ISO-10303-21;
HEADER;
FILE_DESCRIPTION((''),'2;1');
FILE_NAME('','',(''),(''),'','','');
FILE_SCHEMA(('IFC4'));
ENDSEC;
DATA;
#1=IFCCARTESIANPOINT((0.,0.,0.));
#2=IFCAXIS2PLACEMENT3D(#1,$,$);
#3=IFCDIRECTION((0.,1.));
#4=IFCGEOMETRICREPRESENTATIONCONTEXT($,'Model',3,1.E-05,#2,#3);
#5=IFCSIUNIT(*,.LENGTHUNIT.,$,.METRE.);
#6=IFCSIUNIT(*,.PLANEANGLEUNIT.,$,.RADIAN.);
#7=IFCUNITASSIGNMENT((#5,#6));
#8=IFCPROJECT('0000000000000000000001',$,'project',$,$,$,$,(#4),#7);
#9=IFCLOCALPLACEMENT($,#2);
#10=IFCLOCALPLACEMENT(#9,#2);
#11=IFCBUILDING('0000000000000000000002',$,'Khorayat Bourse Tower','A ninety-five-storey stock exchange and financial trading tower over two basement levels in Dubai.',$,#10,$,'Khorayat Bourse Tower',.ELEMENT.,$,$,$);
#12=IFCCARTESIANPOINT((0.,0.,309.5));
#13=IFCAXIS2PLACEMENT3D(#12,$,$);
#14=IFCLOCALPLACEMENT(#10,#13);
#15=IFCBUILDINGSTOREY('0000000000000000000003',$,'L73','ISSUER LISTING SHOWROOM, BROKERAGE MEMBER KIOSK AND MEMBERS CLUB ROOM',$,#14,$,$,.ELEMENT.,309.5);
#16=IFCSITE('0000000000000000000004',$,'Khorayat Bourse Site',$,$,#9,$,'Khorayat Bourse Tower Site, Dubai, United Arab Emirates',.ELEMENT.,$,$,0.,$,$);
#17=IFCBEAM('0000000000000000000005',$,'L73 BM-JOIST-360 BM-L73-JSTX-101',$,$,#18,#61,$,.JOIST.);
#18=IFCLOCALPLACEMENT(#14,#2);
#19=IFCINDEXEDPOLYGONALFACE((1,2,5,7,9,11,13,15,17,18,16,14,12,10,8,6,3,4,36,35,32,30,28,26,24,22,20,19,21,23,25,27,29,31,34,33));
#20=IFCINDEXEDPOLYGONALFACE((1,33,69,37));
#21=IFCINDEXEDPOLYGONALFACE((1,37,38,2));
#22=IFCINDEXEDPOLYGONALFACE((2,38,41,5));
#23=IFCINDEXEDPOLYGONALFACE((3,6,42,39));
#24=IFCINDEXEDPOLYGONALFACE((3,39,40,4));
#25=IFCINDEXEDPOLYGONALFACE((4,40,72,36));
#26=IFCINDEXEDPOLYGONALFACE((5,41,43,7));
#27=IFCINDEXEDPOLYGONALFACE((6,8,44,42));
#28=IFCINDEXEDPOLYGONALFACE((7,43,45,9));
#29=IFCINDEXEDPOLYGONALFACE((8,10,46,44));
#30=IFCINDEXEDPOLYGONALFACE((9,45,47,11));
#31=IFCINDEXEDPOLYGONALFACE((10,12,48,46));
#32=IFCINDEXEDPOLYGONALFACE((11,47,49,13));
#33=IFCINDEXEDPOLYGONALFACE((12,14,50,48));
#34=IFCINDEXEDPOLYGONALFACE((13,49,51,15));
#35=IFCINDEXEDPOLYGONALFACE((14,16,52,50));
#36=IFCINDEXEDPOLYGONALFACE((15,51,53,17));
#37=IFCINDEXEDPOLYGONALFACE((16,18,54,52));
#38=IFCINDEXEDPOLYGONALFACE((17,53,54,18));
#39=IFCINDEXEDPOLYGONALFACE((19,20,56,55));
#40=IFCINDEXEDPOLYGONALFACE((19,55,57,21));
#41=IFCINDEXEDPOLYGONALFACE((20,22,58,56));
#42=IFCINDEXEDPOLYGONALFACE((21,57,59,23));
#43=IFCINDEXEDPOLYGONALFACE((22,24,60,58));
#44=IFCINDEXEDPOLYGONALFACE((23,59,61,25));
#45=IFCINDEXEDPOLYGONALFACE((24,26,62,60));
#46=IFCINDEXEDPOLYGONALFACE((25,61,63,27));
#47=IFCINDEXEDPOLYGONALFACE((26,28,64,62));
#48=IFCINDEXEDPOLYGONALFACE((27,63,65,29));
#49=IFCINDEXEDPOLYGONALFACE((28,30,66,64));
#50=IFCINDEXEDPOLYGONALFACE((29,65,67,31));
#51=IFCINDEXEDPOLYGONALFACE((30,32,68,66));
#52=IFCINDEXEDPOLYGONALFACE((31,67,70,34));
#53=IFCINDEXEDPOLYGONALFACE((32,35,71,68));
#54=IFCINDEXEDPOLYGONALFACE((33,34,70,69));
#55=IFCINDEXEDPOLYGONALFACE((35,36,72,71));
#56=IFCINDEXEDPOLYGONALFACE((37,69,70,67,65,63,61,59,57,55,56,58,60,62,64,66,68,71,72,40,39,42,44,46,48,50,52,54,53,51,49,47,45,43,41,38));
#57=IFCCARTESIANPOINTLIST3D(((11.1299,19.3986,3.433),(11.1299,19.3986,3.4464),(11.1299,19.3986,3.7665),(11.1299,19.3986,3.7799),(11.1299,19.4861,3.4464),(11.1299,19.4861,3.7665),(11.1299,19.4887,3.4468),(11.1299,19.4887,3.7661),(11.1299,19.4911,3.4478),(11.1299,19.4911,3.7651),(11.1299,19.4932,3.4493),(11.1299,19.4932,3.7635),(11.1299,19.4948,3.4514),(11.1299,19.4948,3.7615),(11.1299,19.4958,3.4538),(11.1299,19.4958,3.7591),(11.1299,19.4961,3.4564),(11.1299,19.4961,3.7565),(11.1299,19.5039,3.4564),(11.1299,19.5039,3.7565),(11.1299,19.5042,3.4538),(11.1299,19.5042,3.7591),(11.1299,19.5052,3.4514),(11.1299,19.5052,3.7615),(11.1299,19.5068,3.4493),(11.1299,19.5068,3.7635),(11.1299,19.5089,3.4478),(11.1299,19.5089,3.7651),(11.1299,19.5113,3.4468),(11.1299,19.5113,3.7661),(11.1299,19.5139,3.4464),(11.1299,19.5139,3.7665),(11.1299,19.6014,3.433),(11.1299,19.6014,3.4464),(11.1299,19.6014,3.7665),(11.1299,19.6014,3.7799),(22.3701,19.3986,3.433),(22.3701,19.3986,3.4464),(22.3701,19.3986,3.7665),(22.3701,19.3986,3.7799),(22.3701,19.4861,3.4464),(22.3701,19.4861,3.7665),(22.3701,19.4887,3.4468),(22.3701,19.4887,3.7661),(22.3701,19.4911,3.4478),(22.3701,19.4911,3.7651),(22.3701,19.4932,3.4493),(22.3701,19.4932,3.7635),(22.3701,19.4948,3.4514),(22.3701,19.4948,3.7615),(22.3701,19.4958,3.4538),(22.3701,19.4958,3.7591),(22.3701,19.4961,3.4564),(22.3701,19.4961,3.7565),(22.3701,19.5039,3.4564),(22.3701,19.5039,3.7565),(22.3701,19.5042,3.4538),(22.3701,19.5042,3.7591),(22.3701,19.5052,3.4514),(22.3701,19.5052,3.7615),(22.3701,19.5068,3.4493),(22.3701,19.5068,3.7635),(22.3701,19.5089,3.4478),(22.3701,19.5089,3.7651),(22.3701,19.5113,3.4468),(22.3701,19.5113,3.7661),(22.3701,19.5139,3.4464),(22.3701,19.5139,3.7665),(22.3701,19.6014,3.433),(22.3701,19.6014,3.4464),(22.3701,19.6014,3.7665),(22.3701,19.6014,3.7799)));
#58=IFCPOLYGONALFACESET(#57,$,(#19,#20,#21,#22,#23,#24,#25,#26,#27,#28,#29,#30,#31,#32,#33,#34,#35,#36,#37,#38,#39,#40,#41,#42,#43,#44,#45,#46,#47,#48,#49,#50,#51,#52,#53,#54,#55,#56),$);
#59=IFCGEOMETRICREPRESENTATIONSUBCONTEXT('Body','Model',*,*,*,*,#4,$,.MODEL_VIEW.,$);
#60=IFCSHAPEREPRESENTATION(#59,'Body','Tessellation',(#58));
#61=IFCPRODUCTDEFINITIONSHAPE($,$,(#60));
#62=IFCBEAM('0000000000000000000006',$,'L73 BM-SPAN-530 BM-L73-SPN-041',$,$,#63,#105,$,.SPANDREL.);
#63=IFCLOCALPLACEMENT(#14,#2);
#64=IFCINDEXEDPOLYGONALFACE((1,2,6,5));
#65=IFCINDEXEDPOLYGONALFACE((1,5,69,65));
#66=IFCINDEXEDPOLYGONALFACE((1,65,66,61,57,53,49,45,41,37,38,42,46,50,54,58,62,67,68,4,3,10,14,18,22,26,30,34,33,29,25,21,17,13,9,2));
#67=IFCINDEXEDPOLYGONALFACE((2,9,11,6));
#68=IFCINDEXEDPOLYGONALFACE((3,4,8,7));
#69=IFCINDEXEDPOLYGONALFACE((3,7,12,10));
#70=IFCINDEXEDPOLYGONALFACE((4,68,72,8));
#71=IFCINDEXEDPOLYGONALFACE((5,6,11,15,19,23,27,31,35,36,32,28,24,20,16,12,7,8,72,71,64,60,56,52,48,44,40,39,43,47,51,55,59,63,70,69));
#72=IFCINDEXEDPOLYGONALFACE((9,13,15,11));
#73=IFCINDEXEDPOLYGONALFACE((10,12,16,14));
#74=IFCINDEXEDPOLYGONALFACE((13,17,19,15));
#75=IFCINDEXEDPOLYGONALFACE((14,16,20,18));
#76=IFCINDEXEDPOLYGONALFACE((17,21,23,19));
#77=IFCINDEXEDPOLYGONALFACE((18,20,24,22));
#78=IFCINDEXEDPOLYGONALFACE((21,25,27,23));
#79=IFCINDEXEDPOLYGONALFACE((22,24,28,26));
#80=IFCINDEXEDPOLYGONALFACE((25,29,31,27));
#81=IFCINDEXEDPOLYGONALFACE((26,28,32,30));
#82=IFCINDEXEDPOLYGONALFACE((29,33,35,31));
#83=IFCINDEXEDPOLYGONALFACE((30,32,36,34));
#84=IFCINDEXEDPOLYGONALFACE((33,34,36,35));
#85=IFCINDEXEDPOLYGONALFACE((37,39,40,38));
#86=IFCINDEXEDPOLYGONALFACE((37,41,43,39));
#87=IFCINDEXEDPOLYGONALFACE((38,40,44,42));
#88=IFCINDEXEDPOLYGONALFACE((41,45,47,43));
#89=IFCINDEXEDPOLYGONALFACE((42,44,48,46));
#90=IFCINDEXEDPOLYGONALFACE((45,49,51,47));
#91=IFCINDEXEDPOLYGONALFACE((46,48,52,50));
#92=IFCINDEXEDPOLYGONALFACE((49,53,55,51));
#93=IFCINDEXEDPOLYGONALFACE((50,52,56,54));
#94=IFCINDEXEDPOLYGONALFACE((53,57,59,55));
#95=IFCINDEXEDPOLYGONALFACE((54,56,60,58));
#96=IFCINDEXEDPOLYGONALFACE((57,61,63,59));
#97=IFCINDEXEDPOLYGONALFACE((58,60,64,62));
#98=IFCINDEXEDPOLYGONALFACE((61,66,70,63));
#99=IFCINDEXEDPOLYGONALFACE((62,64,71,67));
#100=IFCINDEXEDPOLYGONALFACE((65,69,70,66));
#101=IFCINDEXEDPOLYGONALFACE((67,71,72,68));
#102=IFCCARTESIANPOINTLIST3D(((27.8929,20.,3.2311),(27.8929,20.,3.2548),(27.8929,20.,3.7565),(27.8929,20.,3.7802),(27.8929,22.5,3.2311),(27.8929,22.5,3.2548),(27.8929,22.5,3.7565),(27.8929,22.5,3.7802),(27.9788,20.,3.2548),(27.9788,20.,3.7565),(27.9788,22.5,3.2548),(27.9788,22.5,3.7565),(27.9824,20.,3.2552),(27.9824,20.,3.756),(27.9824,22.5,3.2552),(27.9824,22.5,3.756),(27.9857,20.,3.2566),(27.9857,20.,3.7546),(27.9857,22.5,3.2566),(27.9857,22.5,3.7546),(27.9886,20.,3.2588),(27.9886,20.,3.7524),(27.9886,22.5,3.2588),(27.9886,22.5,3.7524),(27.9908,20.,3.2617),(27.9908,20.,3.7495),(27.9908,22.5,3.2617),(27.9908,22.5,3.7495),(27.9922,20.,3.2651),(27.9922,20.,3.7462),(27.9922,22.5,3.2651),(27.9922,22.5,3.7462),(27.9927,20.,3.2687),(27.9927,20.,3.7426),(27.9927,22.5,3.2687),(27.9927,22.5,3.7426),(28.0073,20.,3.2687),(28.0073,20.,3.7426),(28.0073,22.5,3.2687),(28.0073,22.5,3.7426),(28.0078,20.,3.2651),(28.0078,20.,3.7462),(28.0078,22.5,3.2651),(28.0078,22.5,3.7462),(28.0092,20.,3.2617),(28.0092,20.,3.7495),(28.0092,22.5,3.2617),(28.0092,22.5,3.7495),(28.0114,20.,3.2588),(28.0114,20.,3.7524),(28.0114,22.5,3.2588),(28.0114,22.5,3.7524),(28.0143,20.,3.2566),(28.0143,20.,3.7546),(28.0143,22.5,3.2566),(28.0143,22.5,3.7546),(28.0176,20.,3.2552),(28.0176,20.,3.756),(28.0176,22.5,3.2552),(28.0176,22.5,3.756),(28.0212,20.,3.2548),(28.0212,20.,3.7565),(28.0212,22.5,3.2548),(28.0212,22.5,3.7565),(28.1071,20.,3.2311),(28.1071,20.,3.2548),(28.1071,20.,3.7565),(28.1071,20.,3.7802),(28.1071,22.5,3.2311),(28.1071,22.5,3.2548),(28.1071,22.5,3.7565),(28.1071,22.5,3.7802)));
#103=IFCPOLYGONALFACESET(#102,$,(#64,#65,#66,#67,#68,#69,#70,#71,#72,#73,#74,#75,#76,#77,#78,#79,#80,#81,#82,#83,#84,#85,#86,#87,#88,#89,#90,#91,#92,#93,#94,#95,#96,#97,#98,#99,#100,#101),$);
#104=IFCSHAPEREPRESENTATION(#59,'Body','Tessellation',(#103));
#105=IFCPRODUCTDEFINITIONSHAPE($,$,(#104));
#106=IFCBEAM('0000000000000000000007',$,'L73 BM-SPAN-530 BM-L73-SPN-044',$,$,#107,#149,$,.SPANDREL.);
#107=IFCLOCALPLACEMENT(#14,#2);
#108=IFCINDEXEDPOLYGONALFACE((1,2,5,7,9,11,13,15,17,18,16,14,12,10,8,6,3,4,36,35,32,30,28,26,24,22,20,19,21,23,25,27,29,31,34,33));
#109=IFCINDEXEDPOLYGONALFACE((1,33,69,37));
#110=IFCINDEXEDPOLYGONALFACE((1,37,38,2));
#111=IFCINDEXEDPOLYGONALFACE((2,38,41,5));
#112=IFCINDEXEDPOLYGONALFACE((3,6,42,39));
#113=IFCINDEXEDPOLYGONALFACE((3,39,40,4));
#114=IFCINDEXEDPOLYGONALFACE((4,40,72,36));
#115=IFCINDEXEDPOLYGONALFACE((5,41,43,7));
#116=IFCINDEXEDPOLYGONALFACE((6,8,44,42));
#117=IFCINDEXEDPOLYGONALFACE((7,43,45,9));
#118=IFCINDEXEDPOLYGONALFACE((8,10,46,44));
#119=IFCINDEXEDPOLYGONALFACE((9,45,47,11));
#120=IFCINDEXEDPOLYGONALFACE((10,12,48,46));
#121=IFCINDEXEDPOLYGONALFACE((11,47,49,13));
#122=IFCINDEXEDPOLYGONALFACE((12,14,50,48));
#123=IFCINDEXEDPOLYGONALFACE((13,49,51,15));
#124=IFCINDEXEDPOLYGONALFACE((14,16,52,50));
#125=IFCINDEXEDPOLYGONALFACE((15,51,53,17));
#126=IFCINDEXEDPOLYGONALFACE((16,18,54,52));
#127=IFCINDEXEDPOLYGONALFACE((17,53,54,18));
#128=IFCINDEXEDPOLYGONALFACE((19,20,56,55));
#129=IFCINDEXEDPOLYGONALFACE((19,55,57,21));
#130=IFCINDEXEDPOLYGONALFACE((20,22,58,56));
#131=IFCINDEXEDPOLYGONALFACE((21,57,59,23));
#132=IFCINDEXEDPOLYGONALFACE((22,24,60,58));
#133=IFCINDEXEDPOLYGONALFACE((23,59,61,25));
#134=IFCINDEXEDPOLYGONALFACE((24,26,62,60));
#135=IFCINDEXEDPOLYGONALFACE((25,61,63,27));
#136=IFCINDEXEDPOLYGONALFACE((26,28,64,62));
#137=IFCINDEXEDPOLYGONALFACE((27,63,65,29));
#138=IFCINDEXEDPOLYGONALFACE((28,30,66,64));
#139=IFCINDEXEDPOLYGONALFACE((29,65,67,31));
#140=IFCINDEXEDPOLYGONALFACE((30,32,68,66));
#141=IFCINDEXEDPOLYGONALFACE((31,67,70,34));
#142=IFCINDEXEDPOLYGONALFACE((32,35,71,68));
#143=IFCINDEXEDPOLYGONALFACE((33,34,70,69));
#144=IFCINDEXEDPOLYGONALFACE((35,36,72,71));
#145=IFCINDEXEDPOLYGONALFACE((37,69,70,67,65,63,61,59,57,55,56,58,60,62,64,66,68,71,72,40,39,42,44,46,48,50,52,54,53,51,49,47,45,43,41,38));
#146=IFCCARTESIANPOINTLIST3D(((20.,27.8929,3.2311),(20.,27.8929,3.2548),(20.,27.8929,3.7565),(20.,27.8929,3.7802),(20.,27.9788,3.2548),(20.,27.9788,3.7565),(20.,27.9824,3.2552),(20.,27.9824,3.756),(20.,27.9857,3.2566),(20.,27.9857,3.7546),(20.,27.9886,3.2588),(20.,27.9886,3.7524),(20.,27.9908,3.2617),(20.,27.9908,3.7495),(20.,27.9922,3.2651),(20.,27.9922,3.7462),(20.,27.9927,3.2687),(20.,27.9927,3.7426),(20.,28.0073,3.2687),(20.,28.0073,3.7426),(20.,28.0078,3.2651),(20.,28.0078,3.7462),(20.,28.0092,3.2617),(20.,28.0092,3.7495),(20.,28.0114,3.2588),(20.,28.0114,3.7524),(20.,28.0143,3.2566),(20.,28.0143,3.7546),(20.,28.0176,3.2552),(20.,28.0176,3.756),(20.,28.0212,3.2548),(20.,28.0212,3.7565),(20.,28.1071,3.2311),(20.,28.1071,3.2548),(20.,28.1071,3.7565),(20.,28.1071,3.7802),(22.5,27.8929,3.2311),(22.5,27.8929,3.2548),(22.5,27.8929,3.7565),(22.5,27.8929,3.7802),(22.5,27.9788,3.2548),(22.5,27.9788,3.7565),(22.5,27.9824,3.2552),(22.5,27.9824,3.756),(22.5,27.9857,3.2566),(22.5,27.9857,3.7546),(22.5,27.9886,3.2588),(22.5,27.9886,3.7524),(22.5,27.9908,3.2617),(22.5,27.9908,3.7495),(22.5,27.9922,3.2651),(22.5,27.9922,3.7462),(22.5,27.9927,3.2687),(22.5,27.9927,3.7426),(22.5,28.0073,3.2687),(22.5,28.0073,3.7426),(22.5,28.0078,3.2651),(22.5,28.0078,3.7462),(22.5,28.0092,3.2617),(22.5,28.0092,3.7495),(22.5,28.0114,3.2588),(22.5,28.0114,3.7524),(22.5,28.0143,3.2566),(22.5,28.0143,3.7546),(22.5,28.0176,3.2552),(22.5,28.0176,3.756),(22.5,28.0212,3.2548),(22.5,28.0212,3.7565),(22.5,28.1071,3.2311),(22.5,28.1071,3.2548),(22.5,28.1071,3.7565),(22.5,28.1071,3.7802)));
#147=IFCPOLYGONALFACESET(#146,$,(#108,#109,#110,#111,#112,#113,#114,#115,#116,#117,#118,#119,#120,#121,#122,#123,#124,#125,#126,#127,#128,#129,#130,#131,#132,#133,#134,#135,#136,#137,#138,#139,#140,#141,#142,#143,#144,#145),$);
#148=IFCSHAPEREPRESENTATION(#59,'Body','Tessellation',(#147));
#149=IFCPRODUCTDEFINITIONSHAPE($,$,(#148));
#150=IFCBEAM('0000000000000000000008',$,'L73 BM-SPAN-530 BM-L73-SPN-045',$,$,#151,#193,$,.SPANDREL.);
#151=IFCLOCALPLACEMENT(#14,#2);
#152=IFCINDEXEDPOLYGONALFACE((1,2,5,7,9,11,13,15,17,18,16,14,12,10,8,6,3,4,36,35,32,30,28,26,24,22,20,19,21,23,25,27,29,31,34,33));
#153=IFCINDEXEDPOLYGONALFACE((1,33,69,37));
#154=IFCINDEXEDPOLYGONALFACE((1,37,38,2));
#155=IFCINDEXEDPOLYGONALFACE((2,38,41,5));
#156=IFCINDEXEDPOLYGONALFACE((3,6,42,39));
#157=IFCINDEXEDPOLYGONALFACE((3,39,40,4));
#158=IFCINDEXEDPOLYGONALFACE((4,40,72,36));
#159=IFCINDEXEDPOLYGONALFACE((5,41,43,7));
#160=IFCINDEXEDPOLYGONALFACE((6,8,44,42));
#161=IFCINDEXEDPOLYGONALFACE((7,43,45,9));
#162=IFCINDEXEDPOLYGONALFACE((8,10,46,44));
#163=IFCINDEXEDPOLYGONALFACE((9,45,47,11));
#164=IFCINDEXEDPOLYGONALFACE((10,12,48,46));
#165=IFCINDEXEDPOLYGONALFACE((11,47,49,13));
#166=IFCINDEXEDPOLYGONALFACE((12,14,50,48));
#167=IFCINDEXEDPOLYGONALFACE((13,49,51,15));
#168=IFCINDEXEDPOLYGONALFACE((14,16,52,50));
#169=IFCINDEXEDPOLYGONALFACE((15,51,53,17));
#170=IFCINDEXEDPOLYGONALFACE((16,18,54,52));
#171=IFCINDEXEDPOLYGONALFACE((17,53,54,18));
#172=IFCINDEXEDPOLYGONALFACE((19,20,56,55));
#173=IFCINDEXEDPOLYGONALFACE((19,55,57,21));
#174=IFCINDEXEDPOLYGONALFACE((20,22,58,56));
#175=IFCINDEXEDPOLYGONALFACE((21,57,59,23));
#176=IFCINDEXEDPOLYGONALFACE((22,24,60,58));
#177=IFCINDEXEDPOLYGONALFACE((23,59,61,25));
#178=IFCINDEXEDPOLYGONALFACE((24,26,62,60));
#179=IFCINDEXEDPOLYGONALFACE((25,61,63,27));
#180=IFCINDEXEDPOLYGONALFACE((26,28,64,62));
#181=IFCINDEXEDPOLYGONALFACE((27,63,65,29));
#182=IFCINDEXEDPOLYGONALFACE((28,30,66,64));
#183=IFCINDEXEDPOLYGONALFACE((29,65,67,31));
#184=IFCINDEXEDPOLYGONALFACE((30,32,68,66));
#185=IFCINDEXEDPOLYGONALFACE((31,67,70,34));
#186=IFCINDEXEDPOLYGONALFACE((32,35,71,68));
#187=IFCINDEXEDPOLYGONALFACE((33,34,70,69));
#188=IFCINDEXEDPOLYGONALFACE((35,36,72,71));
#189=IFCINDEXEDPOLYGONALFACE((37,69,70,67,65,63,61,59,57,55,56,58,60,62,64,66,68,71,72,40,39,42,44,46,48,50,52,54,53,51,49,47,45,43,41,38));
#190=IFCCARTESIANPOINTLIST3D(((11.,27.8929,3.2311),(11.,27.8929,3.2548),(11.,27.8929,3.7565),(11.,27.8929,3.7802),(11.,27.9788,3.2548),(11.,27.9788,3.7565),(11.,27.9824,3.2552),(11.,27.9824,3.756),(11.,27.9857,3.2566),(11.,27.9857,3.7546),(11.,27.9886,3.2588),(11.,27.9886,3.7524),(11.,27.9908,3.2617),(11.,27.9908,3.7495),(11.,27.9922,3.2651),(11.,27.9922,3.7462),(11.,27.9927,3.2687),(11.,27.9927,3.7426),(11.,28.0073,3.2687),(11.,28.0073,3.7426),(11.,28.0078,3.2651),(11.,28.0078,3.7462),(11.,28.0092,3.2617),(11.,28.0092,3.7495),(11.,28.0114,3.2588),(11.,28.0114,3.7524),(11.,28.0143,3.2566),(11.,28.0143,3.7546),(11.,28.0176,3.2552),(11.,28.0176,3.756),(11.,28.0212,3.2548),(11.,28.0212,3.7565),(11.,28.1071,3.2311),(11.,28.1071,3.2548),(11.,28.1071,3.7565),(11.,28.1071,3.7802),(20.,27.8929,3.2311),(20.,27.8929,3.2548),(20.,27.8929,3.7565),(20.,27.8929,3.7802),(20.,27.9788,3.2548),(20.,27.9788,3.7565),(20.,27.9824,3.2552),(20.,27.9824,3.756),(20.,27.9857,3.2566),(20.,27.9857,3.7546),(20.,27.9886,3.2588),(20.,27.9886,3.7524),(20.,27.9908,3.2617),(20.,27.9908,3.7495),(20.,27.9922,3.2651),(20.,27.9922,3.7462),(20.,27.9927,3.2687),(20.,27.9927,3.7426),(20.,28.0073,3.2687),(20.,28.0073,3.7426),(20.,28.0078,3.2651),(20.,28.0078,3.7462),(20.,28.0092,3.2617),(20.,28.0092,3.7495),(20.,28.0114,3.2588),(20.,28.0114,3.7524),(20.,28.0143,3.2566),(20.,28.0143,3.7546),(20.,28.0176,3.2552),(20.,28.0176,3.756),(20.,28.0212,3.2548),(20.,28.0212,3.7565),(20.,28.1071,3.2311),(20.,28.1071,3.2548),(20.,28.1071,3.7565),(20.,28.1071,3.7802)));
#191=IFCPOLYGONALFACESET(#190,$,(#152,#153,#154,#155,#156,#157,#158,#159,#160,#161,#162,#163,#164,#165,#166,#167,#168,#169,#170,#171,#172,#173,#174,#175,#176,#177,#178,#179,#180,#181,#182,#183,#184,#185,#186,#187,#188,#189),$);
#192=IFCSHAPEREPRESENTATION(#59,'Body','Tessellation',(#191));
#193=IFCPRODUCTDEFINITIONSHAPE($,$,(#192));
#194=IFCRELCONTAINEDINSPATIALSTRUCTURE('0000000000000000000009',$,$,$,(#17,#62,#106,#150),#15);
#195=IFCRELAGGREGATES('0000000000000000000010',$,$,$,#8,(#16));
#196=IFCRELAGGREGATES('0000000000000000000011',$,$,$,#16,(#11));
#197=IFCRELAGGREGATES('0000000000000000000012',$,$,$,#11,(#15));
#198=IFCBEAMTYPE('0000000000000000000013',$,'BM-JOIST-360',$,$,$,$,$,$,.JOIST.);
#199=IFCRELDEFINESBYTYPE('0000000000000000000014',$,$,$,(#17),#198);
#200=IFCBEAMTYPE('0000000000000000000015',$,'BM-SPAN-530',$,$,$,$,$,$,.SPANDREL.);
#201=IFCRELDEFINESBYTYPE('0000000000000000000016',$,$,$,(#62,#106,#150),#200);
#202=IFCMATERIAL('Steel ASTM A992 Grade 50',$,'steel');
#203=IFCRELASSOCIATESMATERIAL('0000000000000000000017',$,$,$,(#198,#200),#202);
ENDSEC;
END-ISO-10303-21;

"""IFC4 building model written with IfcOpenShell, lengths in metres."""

from ifc_helpers import new_model, si_unit, direction, frame, origin, origin_2d, place, context, subcontext, project, spatial, i_section, extrude, source, transform, mapped, material, material_profile, profile_set, type_object, element, save


model = new_model("IFC4")

# Units and contexts
model_context = context("Model", 3, precision=1e-05, world=origin(), true_north=direction((0.0, 1.0)))
body_context = subcontext(model_context, "Body", "Model", "MODEL_VIEW")
ifc_project = project(units=[si_unit("LENGTHUNIT", "METRE"), si_unit("PLANEANGLEUNIT", "RADIAN")], contexts=[model_context])

# Site, building, storey
site_placement = place(None, origin())
site = spatial("IfcSite", under=ifc_project, at=site_placement, Name="Khorayat Bourse Site", LongName="Khorayat Bourse Tower Site, Dubai, United Arab Emirates", CompositionType="ELEMENT", RefElevation=0.0)
building_placement = place(site_placement, origin())
building = spatial("IfcBuilding", under=site, at=building_placement, Name="Khorayat Bourse Tower", Description="A ninety-five-storey stock exchange and financial trading tower over two basement levels in Dubai.", LongName="Khorayat Bourse Tower", CompositionType="ELEMENT")
storey_placement = place(building_placement, frame((0.0, 0.0, 309.5)))
storey = spatial("IfcBuildingStorey", under=building, at=storey_placement, Name="L73", Description="ISSUER LISTING SHOWROOM, BROKERAGE MEMBER KIOSK AND MEMBERS CLUB ROOM", CompositionType="ELEMENT", Elevation=309.5)

# Beams
ifc_material_1 = material(Name="Steel ASTM A992 Grade 50", Category="steel")
ifc_material_profile_1 = material_profile(ifc_material_1, i_section(OverallWidth=0.2029, OverallDepth=0.3469, WebThickness=0.0078, FlangeThickness=0.0134, FilletRadius=0.01, at=origin_2d()), Name="W360X64")
ifc_profile_set_1 = profile_set([ifc_material_profile_1], Name="Steel ASTM A992 Grade 50")
beam_type_1 = type_object("IfcBeamType", Name="BM-JOIST-360", PredefinedType="JOIST", material=ifc_profile_set_1)
shared_shape_1 = source(origin(), body_context, "Body", "SweptSolid", [
    extrude(i_section(OverallWidth=0.2029, OverallDepth=0.3469, WebThickness=0.0078, FlangeThickness=0.0134, FilletRadius=0.01, at=origin_2d()), origin(), (0.0, 0.0, 1.0), 11.2402),
])
beam_1_placement = place(storey_placement, frame((11.1299, 19.5, 3.6064), z_axis=(1.0, 0.0, 0.0), x_axis=(0.0, 1.0, 0.0)))
element("IfcBeam", 1, at=beam_1_placement, inside=storey, type_object=beam_type_1, Name="L73 BM-JOIST-360 BM-L73-JSTX-101", PredefinedType="JOIST", context=body_context, shape_type="MappedRepresentation", body=[
    mapped(shared_shape_1, transform((0.0, 0.0, 0.0), scale=1.0)),
])
ifc_material_profile_2 = material_profile(ifc_material_1, i_section(OverallWidth=0.2141, OverallDepth=0.5491, WebThickness=0.0146, FlangeThickness=0.0237, FilletRadius=0.0139, at=origin_2d()), Name="W530X138")
ifc_profile_set_2 = profile_set([ifc_material_profile_2], Name="Steel ASTM A992 Grade 50")
beam_type_2 = type_object("IfcBeamType", Name="BM-SPAN-530", PredefinedType="SPANDREL", material=ifc_profile_set_2)
shared_shape_2 = source(origin(), body_context, "Body", "SweptSolid", [
    extrude(i_section(OverallWidth=0.2141, OverallDepth=0.5491, WebThickness=0.0146, FlangeThickness=0.0237, FilletRadius=0.0139, at=origin_2d()), origin(), (0.0, 0.0, 1.0), 2.5),
])
for number, where, z_axis, x_axis, name in (
    (2, (28.0, 20.0, 3.5056), (0.0, 1.0, 0.0), (-1.0, 0.0, 0.0), "L73 BM-SPAN-530 BM-L73-SPN-041"),
    (3, (20.0, 28.0, 3.5056), (1.0, 0.0, 0.0), (0.0, 1.0, 0.0), "L73 BM-SPAN-530 BM-L73-SPN-044"),
):
    element("IfcBeam", number, at=place(storey_placement, frame(where, z_axis=z_axis, x_axis=x_axis)), inside=storey, type_object=beam_type_2, Name=name, PredefinedType="SPANDREL", context=body_context, shape_type="MappedRepresentation", body=[
        mapped(shared_shape_2, transform((0.0, 0.0, 0.0), scale=1.0)),
    ])
shared_shape_3 = source(origin(), body_context, "Body", "SweptSolid", [
    extrude(i_section(OverallWidth=0.2141, OverallDepth=0.5491, WebThickness=0.0146, FlangeThickness=0.0237, FilletRadius=0.0139, at=origin_2d()), origin(), (0.0, 0.0, 1.0), 9.0),
])
beam_2_placement = place(storey_placement, frame((11.0, 28.0, 3.5056), z_axis=(1.0, 0.0, 0.0), x_axis=(0.0, 1.0, 0.0)))
element("IfcBeam", 4, at=beam_2_placement, inside=storey, type_object=beam_type_2, Name="L73 BM-SPAN-530 BM-L73-SPN-045", PredefinedType="SPANDREL", context=body_context, shape_type="MappedRepresentation", body=[
    mapped(shared_shape_3, transform((0.0, 0.0, 0.0), scale=1.0)),
])

save(model, "model.ifc")
